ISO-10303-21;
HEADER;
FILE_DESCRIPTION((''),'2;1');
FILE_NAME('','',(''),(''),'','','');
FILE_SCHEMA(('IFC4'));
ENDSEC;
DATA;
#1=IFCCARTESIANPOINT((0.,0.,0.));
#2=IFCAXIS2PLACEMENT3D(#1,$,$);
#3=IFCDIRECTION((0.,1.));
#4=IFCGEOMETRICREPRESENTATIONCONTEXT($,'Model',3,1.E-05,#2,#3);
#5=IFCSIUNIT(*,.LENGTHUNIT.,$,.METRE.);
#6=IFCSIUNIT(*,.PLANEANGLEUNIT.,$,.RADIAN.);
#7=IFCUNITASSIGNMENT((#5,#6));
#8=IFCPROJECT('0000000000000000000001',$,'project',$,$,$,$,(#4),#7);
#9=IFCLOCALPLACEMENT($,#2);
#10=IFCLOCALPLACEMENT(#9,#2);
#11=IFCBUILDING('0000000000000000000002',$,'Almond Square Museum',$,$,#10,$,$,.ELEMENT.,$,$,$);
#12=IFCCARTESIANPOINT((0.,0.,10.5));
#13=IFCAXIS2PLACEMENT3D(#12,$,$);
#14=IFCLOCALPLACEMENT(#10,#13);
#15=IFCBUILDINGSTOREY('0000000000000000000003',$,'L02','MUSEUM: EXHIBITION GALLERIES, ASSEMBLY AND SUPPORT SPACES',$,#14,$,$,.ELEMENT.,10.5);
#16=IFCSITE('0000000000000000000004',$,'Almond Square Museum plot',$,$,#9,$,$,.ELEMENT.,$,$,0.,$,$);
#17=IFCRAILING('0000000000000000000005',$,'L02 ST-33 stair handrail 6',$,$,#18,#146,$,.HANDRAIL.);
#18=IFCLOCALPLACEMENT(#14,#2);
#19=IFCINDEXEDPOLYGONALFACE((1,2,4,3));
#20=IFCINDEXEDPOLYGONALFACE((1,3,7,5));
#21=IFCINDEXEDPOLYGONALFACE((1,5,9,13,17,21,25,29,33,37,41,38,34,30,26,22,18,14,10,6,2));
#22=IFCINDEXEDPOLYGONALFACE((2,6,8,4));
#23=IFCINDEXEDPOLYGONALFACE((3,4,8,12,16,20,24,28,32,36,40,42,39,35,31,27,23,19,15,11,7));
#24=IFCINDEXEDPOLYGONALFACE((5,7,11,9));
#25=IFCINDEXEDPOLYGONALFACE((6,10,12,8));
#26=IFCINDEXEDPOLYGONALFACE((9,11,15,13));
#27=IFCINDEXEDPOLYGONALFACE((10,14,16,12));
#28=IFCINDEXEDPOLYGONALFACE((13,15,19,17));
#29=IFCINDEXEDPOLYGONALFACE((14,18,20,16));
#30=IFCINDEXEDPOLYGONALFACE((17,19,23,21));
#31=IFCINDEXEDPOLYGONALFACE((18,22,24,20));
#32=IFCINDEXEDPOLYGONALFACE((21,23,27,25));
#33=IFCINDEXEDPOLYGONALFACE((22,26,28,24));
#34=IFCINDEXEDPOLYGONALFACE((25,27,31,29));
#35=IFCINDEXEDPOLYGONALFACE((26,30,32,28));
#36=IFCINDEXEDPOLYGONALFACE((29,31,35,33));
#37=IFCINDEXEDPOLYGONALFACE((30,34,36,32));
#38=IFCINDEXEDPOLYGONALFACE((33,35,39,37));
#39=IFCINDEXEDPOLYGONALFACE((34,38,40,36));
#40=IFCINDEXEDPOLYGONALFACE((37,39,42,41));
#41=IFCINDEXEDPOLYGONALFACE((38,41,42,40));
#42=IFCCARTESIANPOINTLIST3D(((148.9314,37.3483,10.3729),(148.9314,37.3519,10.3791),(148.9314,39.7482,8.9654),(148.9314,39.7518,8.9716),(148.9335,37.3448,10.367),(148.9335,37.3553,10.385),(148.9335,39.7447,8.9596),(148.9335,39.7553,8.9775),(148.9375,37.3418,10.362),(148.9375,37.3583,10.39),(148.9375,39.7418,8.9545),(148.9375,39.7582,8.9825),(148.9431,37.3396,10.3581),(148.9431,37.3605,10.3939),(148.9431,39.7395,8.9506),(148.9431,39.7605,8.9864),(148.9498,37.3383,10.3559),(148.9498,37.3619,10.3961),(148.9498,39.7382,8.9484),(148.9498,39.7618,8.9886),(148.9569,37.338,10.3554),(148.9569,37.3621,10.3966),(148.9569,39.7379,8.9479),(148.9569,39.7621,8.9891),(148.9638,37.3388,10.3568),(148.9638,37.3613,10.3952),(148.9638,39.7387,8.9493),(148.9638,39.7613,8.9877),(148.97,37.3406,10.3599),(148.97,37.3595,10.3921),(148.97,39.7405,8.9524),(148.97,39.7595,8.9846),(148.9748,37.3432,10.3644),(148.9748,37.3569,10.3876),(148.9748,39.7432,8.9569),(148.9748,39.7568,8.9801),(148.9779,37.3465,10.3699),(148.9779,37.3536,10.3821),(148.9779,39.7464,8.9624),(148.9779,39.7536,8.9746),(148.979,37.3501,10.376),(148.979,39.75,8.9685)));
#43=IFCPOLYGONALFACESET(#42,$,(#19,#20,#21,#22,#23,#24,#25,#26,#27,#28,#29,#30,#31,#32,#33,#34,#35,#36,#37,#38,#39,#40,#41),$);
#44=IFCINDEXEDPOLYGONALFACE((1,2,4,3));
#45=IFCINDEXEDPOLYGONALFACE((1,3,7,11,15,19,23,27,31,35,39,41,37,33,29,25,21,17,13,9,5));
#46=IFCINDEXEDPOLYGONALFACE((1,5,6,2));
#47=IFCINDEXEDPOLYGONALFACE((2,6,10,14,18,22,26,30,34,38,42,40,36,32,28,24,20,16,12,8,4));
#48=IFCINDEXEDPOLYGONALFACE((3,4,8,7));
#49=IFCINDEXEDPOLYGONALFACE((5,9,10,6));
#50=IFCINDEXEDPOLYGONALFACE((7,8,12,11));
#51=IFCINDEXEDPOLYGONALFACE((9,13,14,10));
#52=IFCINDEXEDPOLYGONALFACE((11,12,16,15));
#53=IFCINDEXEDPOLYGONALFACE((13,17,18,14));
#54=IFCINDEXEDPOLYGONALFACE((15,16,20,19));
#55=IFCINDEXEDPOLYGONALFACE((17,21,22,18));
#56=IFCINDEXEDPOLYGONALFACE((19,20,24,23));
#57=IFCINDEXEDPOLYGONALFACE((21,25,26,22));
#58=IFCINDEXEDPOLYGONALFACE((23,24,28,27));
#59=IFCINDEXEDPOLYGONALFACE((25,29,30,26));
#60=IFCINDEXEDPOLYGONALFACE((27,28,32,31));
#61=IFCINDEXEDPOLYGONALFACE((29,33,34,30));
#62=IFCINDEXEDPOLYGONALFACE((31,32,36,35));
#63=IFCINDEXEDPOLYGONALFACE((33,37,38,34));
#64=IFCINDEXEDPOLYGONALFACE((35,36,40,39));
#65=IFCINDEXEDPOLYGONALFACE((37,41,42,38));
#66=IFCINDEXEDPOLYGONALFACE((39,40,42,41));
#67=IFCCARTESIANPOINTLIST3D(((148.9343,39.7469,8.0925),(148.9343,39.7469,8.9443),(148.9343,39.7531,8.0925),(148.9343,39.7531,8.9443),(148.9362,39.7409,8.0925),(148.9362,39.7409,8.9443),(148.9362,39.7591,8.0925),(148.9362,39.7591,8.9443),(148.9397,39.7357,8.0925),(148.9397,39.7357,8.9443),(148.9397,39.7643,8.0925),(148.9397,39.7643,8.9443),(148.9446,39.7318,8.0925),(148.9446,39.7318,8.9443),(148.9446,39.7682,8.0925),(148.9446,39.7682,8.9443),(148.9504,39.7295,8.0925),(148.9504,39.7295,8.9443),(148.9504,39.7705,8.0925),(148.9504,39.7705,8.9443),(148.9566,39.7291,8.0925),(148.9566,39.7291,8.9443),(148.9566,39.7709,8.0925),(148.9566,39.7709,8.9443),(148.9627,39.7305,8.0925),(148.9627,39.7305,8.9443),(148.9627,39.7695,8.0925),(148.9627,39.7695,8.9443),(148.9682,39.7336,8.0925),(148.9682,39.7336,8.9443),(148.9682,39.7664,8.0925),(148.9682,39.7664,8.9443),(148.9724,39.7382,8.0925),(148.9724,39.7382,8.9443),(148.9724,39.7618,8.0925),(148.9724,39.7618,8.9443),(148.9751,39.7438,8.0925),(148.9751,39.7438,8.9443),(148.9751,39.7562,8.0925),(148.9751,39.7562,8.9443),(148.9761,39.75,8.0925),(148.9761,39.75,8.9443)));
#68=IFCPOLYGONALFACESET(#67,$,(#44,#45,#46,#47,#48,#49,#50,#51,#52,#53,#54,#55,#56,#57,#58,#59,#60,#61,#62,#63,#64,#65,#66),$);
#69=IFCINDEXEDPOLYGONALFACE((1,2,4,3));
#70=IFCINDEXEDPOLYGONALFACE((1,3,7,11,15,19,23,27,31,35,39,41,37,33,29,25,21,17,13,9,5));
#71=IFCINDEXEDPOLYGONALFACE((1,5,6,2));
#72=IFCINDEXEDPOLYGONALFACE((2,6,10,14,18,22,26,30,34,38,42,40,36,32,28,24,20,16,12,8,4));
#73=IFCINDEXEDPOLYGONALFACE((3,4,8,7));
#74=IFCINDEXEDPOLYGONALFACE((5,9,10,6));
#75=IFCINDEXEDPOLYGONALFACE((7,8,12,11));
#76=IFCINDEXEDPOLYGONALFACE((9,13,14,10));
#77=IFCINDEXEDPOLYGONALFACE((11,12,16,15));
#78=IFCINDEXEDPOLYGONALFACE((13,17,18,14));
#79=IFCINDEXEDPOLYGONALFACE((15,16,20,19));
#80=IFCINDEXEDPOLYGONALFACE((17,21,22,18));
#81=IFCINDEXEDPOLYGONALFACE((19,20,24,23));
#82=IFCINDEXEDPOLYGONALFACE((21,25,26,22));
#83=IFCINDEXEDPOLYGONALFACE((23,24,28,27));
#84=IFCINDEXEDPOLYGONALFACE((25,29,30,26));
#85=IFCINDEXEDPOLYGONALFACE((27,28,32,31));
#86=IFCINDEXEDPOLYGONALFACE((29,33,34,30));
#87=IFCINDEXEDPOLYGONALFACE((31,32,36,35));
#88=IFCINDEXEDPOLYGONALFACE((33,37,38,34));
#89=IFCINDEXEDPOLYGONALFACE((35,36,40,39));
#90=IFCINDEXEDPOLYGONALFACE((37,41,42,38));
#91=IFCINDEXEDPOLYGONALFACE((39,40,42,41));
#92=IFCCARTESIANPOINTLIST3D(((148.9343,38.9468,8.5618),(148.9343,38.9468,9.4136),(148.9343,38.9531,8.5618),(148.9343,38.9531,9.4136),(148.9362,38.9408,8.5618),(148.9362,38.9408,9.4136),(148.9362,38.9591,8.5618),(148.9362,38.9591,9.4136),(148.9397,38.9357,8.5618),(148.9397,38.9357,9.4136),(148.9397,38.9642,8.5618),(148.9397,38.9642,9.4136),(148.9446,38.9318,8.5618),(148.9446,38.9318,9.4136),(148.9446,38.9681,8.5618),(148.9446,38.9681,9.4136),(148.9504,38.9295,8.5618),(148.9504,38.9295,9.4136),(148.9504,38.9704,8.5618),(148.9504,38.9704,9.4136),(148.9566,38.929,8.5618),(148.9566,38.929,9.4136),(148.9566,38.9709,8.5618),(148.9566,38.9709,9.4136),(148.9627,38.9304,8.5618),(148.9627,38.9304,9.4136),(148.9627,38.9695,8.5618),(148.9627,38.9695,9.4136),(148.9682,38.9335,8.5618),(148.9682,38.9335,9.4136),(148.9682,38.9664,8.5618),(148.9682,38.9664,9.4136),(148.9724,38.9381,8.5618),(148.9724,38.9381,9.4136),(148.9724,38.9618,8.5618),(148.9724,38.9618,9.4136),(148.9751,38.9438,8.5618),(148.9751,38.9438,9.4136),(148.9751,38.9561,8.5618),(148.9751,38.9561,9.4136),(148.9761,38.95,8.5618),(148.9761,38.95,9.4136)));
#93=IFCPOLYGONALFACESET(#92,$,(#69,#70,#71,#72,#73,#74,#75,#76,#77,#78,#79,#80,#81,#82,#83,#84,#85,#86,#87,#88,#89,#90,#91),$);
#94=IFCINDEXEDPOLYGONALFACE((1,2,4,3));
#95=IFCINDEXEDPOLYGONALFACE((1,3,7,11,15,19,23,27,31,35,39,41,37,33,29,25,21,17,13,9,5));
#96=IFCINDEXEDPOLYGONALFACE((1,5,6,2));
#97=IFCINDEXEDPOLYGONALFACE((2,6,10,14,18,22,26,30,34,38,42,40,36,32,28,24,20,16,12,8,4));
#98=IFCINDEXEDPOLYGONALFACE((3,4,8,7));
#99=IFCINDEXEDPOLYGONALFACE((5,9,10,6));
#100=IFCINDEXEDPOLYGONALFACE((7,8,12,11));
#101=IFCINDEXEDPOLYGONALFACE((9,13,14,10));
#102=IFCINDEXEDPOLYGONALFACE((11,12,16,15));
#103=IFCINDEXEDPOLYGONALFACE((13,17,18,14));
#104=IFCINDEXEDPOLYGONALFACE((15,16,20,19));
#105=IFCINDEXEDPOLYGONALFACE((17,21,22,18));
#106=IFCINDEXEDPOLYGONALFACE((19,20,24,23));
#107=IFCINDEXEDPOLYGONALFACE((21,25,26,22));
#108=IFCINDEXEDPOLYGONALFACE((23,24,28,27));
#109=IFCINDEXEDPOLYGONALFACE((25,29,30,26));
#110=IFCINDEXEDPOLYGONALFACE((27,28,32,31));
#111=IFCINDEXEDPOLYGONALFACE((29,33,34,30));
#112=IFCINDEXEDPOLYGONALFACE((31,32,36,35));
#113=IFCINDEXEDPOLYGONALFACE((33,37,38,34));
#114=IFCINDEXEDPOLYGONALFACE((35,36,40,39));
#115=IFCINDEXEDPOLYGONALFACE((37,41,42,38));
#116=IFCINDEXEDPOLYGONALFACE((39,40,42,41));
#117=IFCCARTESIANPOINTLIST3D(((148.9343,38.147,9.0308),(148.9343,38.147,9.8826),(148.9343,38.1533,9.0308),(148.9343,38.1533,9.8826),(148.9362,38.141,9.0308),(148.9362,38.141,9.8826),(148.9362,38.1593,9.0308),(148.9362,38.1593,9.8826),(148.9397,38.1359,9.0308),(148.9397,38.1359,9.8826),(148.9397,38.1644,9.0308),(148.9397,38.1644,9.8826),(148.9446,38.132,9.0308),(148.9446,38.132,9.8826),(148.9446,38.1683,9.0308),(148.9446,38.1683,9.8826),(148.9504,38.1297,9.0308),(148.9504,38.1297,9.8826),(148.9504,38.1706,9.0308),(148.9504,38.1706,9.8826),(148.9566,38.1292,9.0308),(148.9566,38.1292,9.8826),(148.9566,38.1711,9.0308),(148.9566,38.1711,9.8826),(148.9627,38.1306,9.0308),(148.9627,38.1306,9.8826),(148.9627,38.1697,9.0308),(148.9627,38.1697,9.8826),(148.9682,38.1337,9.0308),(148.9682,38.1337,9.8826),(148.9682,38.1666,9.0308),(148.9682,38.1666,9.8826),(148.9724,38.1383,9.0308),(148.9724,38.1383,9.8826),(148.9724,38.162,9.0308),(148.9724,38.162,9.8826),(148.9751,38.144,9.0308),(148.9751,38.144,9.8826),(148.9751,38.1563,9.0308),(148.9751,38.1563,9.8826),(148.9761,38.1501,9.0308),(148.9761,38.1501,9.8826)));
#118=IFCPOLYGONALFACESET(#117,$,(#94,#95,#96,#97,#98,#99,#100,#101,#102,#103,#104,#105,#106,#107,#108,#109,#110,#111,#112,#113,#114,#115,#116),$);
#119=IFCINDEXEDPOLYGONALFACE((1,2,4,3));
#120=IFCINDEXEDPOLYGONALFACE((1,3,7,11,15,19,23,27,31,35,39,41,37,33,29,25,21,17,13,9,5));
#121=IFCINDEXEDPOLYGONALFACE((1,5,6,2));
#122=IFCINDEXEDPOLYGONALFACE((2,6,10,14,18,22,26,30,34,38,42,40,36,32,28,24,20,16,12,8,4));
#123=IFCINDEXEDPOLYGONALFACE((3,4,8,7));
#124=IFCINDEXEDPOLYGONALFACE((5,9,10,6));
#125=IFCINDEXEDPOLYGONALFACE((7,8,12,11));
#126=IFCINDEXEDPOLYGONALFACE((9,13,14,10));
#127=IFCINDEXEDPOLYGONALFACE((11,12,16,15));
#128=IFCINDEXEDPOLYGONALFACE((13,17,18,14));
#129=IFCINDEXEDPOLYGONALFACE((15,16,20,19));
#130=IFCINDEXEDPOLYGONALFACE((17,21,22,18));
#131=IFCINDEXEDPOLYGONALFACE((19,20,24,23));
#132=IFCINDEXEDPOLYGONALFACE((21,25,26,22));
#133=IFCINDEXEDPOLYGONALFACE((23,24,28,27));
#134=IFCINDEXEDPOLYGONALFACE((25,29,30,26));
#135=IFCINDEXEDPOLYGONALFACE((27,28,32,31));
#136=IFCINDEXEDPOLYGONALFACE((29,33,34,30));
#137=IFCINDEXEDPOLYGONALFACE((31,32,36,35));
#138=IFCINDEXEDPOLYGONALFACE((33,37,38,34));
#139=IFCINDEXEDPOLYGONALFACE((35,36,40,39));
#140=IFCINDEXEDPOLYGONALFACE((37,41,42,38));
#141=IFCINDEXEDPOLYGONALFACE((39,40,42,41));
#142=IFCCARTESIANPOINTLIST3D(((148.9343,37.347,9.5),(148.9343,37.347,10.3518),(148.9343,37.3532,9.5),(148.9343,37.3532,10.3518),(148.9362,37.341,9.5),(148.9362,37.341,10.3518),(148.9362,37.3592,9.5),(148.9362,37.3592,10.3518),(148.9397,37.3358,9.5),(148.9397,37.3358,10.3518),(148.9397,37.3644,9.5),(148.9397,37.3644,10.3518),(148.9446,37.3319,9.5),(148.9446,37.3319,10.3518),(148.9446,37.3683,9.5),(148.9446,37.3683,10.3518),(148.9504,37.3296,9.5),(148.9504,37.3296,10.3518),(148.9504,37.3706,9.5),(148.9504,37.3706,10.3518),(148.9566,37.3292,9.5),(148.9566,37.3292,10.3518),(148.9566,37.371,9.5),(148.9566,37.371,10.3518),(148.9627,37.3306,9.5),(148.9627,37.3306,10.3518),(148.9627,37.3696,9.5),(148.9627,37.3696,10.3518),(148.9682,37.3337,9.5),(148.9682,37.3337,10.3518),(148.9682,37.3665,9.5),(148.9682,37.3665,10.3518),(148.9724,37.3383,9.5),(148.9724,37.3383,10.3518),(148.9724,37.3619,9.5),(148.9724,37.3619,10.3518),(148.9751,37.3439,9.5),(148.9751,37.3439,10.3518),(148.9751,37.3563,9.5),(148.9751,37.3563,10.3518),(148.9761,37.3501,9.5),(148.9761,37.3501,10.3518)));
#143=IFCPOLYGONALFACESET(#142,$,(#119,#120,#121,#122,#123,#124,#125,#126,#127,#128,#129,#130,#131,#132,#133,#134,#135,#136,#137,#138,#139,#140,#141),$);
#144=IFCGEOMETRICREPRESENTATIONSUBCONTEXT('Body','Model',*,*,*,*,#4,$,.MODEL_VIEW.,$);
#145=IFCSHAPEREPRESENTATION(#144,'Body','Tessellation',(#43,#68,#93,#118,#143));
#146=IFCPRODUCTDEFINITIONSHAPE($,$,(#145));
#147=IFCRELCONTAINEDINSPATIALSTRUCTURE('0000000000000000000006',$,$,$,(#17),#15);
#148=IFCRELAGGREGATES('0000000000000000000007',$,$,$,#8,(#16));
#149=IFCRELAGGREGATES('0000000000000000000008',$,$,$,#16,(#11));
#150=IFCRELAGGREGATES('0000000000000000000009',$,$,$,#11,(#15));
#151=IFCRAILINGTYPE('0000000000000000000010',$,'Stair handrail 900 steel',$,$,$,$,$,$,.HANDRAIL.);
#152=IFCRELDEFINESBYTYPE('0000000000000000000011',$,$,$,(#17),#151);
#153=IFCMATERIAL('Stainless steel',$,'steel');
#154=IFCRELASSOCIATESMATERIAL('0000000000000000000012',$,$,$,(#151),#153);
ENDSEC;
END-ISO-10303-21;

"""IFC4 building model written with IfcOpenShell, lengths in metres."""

from ifc_helpers import new_model, si_unit, direction, frame, origin, origin_2d, place, context, subcontext, project, spatial, circle, extrude, material, type_object, element, save


model = new_model("IFC4")

# Units and contexts
model_context = context("Model", 3, precision=1e-05, world=origin(), true_north=direction((0.0, 1.0)))
body_context = subcontext(model_context, "Body", "Model", "MODEL_VIEW")
ifc_project = project(units=[si_unit("LENGTHUNIT", "METRE"), si_unit("PLANEANGLEUNIT", "RADIAN")], contexts=[model_context])

# Site, building, storey
site_placement = place(None, origin())
site = spatial("IfcSite", under=ifc_project, at=site_placement, Name="Almond Square Museum plot", CompositionType="ELEMENT", RefElevation=0.0)
building_placement = place(site_placement, origin())
building = spatial("IfcBuilding", under=site, at=building_placement, Name="Almond Square Museum", CompositionType="ELEMENT")
storey_placement = place(building_placement, frame((0.0, 0.0, 10.5)))
storey = spatial("IfcBuildingStorey", under=building, at=storey_placement, Name="L02", Description="MUSEUM: EXHIBITION GALLERIES, ASSEMBLY AND SUPPORT SPACES", CompositionType="ELEMENT", Elevation=10.5)

# Railing
ifc_material_1 = material(Name="Stainless steel", Category="steel")
railing_type_1 = type_object("IfcRailingType", Name="Stair handrail 900 steel", PredefinedType="HANDRAIL", material=ifc_material_1)
railing_1_placement = place(storey_placement, frame((148.9551, 39.75, 8.0925)))
element("IfcRailing", 1, at=railing_1_placement, inside=storey, type_object=railing_type_1, Name="L02 ST-33 stair handrail 6", PredefinedType="HANDRAIL", context=body_context, shape_type="SweptSolid", body=[
    extrude(circle(Radius=0.0239, at=origin_2d()), frame((0.0, 0.0, 0.876), z_axis=(0.0, -0.862599, 0.505888), x_axis=(1.0, 0.0, 0.0)), (0.0, 0.0, 1.0), 2.7822),
    extrude(circle(Radius=0.021, at=origin_2d()), origin(), (0.0, 0.0, 1.0), 0.8518),
    extrude(circle(Radius=0.021, at=origin_2d()), frame((0.0, -0.8, 0.4692)), (0.0, 0.0, 1.0), 0.8518),
    extrude(circle(Radius=0.021, at=origin_2d()), frame((0.0, -1.5999, 0.9382)), (0.0, 0.0, 1.0), 0.8518),
    extrude(circle(Radius=0.021, at=origin_2d()), frame((0.0, -2.3999, 1.4075)), (0.0, 0.0, 1.0), 0.8518),
])

save(model, "model.ifc")
